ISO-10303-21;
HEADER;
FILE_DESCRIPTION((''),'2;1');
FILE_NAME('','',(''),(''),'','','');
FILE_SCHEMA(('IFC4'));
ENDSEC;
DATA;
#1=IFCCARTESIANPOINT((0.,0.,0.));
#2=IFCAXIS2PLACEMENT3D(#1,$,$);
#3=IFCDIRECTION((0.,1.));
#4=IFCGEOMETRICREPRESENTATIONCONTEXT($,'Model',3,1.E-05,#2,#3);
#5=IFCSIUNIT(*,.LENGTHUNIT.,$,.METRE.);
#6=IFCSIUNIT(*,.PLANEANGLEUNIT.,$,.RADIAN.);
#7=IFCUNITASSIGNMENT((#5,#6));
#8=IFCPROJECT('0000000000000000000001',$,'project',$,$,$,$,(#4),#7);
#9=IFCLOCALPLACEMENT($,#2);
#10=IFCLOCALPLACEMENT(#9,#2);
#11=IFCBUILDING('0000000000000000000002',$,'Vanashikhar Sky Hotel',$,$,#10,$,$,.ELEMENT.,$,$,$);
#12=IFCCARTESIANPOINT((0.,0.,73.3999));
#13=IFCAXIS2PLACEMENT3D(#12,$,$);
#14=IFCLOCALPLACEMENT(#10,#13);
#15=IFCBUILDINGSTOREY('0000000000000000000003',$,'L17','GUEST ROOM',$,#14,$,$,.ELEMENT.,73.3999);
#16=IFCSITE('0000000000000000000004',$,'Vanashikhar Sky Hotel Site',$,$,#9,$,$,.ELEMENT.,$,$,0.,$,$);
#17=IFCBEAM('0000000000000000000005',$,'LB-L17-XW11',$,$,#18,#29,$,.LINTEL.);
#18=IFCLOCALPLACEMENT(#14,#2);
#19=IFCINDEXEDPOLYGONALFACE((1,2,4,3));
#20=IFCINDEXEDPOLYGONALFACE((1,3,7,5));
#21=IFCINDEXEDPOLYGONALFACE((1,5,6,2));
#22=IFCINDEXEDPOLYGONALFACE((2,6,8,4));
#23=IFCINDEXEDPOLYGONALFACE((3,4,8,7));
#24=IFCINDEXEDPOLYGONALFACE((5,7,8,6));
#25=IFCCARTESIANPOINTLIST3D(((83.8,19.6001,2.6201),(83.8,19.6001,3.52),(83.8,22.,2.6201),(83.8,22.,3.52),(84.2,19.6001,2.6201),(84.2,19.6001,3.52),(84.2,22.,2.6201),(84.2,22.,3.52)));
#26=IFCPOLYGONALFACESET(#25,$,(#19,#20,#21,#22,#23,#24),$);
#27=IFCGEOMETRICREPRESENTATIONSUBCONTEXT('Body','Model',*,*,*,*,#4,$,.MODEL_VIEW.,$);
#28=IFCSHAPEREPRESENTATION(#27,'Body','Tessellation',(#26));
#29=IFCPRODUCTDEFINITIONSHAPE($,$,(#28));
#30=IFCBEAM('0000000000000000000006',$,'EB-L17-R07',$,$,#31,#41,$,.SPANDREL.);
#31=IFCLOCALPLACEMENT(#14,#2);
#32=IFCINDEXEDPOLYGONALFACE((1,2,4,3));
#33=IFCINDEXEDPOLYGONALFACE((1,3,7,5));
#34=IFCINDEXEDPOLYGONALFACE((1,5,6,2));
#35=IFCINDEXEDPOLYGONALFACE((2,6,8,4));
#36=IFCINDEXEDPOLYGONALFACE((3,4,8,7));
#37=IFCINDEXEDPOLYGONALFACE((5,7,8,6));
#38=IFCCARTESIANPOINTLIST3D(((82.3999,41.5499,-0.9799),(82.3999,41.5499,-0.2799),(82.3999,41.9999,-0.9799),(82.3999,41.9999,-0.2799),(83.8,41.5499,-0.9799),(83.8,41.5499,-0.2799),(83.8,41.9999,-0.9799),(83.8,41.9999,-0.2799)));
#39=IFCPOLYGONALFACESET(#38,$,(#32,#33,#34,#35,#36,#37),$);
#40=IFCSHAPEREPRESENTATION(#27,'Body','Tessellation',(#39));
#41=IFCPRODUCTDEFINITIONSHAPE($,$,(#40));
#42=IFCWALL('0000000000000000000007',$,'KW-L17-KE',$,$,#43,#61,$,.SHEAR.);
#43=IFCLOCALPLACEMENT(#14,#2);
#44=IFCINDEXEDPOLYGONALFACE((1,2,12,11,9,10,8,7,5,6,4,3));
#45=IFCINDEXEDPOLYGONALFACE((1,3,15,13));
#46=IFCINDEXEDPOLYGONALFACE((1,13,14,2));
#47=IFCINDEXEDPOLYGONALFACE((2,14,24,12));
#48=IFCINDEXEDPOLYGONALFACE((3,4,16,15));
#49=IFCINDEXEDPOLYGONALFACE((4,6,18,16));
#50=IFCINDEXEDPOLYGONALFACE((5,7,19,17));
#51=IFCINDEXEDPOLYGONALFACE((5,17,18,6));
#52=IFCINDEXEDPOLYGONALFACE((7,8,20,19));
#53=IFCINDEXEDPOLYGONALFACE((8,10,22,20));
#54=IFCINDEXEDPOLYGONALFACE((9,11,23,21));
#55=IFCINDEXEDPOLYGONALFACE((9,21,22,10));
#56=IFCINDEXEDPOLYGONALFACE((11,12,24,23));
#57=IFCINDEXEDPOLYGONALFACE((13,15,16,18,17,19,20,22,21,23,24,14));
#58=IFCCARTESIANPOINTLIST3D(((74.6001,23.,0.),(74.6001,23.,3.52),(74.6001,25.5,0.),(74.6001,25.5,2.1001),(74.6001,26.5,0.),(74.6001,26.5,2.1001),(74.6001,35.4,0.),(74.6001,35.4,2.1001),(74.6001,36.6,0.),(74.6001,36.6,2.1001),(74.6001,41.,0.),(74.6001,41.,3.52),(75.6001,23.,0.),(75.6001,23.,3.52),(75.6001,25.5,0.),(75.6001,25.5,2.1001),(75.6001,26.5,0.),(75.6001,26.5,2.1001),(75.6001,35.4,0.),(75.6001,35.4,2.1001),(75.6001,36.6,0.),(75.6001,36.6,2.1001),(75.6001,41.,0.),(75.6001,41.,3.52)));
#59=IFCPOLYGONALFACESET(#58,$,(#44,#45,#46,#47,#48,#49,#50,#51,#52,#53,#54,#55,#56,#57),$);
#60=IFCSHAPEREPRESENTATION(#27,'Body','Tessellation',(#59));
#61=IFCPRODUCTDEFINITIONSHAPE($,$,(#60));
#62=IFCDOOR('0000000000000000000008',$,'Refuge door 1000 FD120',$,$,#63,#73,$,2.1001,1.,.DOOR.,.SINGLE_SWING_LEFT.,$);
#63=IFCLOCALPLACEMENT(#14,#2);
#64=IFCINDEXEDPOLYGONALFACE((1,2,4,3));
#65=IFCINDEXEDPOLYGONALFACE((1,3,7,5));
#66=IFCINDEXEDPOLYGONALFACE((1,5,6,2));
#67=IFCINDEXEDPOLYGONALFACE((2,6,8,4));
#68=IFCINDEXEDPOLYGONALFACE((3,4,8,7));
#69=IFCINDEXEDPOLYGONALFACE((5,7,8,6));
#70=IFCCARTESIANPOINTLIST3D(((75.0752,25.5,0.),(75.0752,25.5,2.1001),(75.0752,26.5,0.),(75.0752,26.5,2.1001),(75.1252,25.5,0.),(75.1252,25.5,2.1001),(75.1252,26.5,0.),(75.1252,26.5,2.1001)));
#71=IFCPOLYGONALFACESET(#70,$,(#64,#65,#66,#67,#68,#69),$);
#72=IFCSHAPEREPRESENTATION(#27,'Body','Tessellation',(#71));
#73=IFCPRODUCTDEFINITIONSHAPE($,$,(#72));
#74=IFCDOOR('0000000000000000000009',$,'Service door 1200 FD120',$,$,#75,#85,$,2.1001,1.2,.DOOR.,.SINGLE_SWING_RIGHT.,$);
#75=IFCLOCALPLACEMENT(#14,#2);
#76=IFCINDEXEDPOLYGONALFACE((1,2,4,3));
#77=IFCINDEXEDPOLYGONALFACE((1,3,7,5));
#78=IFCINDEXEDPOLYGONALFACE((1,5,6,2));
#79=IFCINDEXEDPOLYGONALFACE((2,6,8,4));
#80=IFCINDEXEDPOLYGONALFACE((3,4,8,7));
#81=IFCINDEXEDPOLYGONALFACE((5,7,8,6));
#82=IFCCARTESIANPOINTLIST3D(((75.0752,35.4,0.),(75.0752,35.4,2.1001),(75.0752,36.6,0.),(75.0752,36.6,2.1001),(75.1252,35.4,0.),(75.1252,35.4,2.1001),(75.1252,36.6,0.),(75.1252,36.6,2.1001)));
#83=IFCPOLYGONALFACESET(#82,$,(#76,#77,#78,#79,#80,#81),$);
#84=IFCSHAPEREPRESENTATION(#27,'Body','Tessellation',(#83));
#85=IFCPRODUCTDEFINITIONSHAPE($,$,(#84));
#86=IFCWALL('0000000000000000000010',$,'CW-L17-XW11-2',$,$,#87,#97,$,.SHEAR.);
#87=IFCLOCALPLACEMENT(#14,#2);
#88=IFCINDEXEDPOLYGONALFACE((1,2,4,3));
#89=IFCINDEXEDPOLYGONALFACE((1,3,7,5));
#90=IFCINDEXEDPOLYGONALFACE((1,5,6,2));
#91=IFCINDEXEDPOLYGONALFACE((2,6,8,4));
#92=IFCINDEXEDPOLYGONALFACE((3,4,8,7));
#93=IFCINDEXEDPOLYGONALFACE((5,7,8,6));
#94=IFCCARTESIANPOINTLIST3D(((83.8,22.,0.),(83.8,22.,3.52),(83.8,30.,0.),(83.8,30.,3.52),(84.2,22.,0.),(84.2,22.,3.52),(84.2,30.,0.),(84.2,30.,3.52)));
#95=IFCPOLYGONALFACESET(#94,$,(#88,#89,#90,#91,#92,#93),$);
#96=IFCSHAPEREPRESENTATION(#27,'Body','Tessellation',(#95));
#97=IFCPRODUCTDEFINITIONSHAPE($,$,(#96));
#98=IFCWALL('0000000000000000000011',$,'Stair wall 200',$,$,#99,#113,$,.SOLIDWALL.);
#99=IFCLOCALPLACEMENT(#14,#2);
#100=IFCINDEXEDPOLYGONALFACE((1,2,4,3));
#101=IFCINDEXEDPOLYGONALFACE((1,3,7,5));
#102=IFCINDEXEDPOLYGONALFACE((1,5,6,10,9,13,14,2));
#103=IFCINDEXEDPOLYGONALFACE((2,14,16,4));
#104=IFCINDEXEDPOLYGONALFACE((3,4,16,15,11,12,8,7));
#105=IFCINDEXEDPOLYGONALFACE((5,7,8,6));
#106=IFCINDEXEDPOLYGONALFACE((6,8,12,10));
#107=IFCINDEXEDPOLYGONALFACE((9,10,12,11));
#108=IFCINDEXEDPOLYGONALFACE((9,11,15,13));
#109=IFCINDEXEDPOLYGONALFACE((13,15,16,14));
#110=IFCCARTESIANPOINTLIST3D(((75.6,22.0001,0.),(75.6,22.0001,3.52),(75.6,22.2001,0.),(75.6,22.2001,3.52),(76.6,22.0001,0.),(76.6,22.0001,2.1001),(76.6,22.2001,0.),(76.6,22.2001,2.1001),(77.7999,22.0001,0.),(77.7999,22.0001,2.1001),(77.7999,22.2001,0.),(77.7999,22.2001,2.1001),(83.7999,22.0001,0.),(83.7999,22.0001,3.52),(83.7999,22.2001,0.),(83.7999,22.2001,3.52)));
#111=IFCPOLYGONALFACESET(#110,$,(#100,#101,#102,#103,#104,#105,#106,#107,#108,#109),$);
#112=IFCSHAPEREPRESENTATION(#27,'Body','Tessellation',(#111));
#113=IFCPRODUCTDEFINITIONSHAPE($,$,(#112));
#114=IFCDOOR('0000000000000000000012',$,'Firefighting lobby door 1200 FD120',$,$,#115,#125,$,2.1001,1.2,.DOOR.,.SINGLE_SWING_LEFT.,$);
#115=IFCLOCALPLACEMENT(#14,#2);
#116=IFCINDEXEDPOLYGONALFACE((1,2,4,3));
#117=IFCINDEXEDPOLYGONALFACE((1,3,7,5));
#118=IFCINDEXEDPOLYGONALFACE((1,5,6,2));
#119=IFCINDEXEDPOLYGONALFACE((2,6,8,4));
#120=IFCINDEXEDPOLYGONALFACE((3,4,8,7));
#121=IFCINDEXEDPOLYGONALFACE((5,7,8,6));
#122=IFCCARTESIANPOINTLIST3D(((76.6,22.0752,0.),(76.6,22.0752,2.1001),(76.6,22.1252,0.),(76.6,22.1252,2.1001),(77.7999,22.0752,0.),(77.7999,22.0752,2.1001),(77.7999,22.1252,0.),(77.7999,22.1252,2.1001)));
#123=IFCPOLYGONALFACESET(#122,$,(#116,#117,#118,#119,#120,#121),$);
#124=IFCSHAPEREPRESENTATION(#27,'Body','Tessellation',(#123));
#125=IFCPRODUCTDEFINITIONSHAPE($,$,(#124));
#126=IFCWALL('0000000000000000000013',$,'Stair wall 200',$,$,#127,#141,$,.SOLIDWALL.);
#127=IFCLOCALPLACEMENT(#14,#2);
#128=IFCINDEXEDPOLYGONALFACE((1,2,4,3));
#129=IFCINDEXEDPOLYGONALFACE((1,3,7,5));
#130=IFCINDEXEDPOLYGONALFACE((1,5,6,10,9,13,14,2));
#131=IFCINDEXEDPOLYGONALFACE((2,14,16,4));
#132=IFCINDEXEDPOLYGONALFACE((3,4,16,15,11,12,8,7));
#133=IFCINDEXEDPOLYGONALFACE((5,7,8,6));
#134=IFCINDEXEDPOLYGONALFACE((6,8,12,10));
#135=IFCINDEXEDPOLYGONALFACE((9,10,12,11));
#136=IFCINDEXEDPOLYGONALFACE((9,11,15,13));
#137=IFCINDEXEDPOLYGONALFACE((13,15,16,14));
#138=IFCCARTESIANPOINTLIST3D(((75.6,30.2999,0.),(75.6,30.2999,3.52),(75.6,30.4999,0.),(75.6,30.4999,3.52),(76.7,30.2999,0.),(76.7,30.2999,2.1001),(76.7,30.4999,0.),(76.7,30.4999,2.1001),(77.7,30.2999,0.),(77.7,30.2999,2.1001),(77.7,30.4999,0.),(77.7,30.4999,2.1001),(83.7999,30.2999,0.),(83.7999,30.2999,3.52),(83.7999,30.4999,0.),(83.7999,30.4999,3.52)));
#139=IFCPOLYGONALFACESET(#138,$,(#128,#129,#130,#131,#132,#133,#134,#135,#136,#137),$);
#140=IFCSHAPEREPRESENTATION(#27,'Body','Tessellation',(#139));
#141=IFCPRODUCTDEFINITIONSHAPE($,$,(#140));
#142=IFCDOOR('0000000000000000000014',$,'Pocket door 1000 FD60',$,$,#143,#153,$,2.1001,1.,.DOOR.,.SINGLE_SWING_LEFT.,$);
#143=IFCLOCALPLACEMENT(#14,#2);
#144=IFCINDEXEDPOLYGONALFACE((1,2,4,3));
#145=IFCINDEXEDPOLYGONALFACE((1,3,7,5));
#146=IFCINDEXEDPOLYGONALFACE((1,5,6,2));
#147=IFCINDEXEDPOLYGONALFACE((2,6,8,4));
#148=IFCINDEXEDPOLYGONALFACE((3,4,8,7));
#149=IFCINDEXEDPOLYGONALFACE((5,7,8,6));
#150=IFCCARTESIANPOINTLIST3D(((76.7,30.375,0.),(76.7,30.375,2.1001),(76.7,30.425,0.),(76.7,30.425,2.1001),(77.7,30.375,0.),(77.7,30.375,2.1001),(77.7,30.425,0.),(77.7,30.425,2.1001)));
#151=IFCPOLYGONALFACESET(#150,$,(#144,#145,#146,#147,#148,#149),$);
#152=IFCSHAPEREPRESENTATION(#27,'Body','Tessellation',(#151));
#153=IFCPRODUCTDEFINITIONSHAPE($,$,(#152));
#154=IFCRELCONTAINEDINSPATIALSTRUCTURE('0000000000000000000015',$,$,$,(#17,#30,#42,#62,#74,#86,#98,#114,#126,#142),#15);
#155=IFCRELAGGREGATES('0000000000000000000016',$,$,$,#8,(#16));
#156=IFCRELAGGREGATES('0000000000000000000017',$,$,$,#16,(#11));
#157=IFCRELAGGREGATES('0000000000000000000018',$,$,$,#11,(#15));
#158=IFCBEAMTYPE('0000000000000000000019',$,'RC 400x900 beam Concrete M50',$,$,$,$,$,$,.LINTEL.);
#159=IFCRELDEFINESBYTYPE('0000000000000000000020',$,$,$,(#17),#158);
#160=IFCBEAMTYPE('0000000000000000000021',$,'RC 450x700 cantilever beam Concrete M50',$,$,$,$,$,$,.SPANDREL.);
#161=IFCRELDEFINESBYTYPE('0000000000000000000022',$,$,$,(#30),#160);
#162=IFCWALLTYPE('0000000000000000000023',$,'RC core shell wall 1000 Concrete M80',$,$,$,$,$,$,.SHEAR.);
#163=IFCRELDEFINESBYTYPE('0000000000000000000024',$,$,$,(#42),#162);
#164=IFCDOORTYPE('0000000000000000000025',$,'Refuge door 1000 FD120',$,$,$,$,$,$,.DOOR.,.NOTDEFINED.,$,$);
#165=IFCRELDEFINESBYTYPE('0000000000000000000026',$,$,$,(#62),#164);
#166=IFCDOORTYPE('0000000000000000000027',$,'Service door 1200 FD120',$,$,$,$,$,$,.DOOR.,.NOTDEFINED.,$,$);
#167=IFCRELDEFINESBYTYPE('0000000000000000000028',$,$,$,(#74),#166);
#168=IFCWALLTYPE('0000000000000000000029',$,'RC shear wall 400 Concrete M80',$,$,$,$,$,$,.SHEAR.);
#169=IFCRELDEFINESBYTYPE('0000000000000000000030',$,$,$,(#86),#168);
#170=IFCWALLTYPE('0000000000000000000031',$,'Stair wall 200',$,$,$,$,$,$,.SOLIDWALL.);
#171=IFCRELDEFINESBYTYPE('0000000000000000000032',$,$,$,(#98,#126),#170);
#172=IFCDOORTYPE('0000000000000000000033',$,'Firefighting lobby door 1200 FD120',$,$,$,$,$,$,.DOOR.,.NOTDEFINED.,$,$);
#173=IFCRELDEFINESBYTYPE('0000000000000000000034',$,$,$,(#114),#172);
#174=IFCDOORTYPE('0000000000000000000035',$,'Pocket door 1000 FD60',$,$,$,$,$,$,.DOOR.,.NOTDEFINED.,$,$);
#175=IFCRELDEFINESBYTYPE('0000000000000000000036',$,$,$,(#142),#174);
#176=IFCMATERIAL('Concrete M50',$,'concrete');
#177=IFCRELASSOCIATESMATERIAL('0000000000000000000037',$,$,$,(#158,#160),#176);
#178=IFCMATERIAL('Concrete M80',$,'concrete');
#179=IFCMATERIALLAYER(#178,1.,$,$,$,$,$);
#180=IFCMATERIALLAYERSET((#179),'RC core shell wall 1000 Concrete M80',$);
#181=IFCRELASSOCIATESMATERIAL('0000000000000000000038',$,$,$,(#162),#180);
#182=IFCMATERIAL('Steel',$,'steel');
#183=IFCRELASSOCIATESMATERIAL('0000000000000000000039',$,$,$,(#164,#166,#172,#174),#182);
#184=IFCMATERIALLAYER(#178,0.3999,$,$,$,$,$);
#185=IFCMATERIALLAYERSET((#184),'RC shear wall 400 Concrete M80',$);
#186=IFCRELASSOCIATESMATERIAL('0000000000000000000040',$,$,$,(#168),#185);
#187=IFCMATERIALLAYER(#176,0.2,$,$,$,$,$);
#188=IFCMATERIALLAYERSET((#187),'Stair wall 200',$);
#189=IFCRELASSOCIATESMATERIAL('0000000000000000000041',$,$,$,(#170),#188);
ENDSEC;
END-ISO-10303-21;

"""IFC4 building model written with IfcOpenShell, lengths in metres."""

from ifc_helpers import new_model, si_unit, direction, frame, frame_2d, origin, origin_2d, place, context, subcontext, project, spatial, rectangle, extrude, source, transform, mapped, material, layer, layer_set, material_profile, profile_set, type_object, element, fill, save


model = new_model("IFC4")

# Units and contexts
model_context = context("Model", 3, precision=1e-05, world=origin(), true_north=direction((0.0, 1.0)))
body_context = subcontext(model_context, "Body", "Model", "MODEL_VIEW")
ifc_project = project(units=[si_unit("LENGTHUNIT", "METRE"), si_unit("PLANEANGLEUNIT", "RADIAN")], contexts=[model_context])

# Site, building, storey
site_placement = place(None, origin())
site = spatial("IfcSite", under=ifc_project, at=site_placement, Name="Vanashikhar Sky Hotel Site", CompositionType="ELEMENT", RefElevation=0.0)
building_placement = place(site_placement, origin())
building = spatial("IfcBuilding", under=site, at=building_placement, Name="Vanashikhar Sky Hotel", CompositionType="ELEMENT")
storey_placement = place(building_placement, frame((0.0, 0.0, 73.3999)))
storey = spatial("IfcBuildingStorey", under=building, at=storey_placement, Name="L17", Description="GUEST ROOM", CompositionType="ELEMENT", Elevation=73.3999)

# Beams
ifc_material_1 = material(Name="Concrete M50", Category="concrete")
ifc_material_profile_1 = material_profile(ifc_material_1, rectangle(XDim=0.3999, YDim=0.8999, at=origin_2d()))
ifc_profile_set_1 = profile_set([ifc_material_profile_1], Name="RC 400x900 beam Concrete M50")
beam_type_1 = type_object("IfcBeamType", Name="RC 400x900 beam Concrete M50", PredefinedType="LINTEL", material=ifc_profile_set_1)
shared_shape_1 = source(origin(), body_context, "Body", "SweptSolid", [
    extrude(rectangle(XDim=0.3999, YDim=0.8999, at=origin_2d()), origin(), (0.0, 0.0, 1.0), 2.3999),
])
beam_1_placement = place(storey_placement, frame((84.0, 19.6001, 3.0701), z_axis=(0.0, 1.0, 0.0), x_axis=(-1.0, 0.0, 0.0)))
element("IfcBeam", 1, at=beam_1_placement, inside=storey, type_object=beam_type_1, Name="LB-L17-XW11", PredefinedType="LINTEL", context=body_context, shape_type="MappedRepresentation", body=[
    mapped(shared_shape_1, transform((0.0, 0.0, 0.0), scale=1.0)),
])
ifc_material_profile_2 = material_profile(ifc_material_1, rectangle(XDim=0.45, YDim=0.7, at=origin_2d()))
ifc_profile_set_2 = profile_set([ifc_material_profile_2], Name="RC 450x700 cantilever beam Concrete M50")
beam_type_2 = type_object("IfcBeamType", Name="RC 450x700 cantilever beam Concrete M50", PredefinedType="SPANDREL", material=ifc_profile_set_2)
shared_shape_2 = source(origin(), body_context, "Body", "SweptSolid", [
    extrude(rectangle(XDim=0.45, YDim=0.7, at=origin_2d()), origin(), (0.0, 0.0, 1.0), 1.4001),
])
beam_2_placement = place(storey_placement, frame((82.3999, 41.7749, -0.6299), z_axis=(1.0, 0.0, 0.0), x_axis=(0.0, 1.0, 0.0)))
element("IfcBeam", 2, at=beam_2_placement, inside=storey, type_object=beam_type_2, Name="EB-L17-R07", PredefinedType="SPANDREL", context=body_context, shape_type="MappedRepresentation", body=[
    mapped(shared_shape_2, transform((0.0, 0.0, 0.0), scale=1.0)),
])

# Wall, openings, doors
ifc_material_2 = material(Name="Concrete M80", Category="concrete")
ifc_layer_1 = layer(ifc_material_2, 1.0)
ifc_layer_set_1 = layer_set([ifc_layer_1], Name="RC core shell wall 1000 Concrete M80")
wall_type_1 = type_object("IfcWallType", Name="RC core shell wall 1000 Concrete M80", PredefinedType="SHEAR", material=ifc_layer_set_1)
shared_shape_3 = source(origin(), body_context, "Body", "SweptSolid", [
    extrude(rectangle(XDim=18.0, YDim=1.0, at=frame_2d((9.0, 0.0))), origin(), (0.0, 0.0, 1.0), 3.52),
])
wall_1_placement = place(storey_placement, frame((75.1001, 23.0, 0.0), z_axis=(0.0, 0.0, 1.0), x_axis=(0.0, 1.0, 0.0)))
wall_1 = element("IfcWall", 3, at=wall_1_placement, inside=storey, type_object=wall_type_1, Name="KW-L17-KE", PredefinedType="SHEAR", context=body_context, shape_type="MappedRepresentation", body=[
    mapped(shared_shape_3, transform((0.0, 0.0, 0.0), scale=1.0)),
])
shared_shape_4 = source(origin(), body_context, "Body", "SweptSolid", [
    extrude(rectangle(XDim=1.0, YDim=2.1001, at=frame_2d((0.5, 1.05))), frame((0.0, 0.51, 0.0), z_axis=(0.0, -1.0, 0.0), x_axis=(1.0, 0.0, 0.0)), (0.0, 0.0, 1.0), 1.02),
])
opening_1_placement = place(wall_1_placement, frame((2.5, 0.0, 0.0)))
opening_1 = element("IfcOpeningElement", 4, at=opening_1_placement, cuts=wall_1, PredefinedType="OPENING", context=body_context, shape_type="MappedRepresentation", body=[
    mapped(shared_shape_4, transform((0.0, 0.0, 0.0), scale=1.0)),
])
shared_shape_5 = source(origin(), body_context, "Body", "SweptSolid", [
    extrude(rectangle(XDim=1.2, YDim=2.1001, at=frame_2d((0.6001, 1.05))), frame((0.0, 0.51, 0.0), z_axis=(0.0, -1.0, 0.0), x_axis=(1.0, 0.0, 0.0)), (0.0, 0.0, 1.0), 1.02),
])
opening_2_placement = place(wall_1_placement, frame((12.3999, 0.0, 0.0)))
opening_2 = element("IfcOpeningElement", 5, at=opening_2_placement, cuts=wall_1, PredefinedType="OPENING", context=body_context, shape_type="MappedRepresentation", body=[
    mapped(shared_shape_5, transform((0.0, 0.0, 0.0), scale=1.0)),
])
ifc_material_3 = material(Name="Steel", Category="steel")
door_type_1 = type_object("IfcDoorType", Name="Refuge door 1000 FD120", OperationType="NOTDEFINED", PredefinedType="DOOR", material=ifc_material_3)
shared_shape_6 = source(origin(), body_context, "Body", "SweptSolid", [
    extrude(rectangle(XDim=1.0, YDim=2.1001, at=frame_2d((0.5, 1.05))), frame((0.0, 0.0249, 0.0), z_axis=(0.0, -1.0, 0.0), x_axis=(1.0, 0.0, 0.0)), (0.0, 0.0, 1.0), 0.05),
])
door_1_placement = place(opening_1_placement, origin())
door_1 = element("IfcDoor", 6, at=door_1_placement, inside=storey, type_object=door_type_1, Name="Refuge door 1000 FD120", OperationType="SINGLE_SWING_LEFT", OverallHeight=2.1001, OverallWidth=1.0, PredefinedType="DOOR", context=body_context, shape_type="MappedRepresentation", body=[
    mapped(shared_shape_6, transform((0.0, 0.0, 0.0), scale=1.0)),
])
fill(opening_1, door_1)
door_type_2 = type_object("IfcDoorType", Name="Service door 1200 FD120", OperationType="NOTDEFINED", PredefinedType="DOOR", material=ifc_material_3)
shared_shape_7 = source(origin(), body_context, "Body", "SweptSolid", [
    extrude(rectangle(XDim=1.2, YDim=2.1001, at=frame_2d((0.6001, 1.05))), frame((0.0, 0.0249, 0.0), z_axis=(0.0, -1.0, 0.0), x_axis=(1.0, 0.0, 0.0)), (0.0, 0.0, 1.0), 0.05),
])
door_2_placement = place(opening_2_placement, origin())
door_2 = element("IfcDoor", 7, at=door_2_placement, inside=storey, type_object=door_type_2, Name="Service door 1200 FD120", OperationType="SINGLE_SWING_RIGHT", OverallHeight=2.1001, OverallWidth=1.2, PredefinedType="DOOR", context=body_context, shape_type="MappedRepresentation", body=[
    mapped(shared_shape_7, transform((0.0, 0.0, 0.0), scale=1.0)),
])
fill(opening_2, door_2)

# Wall
ifc_layer_2 = layer(ifc_material_2, 0.3999)
ifc_layer_set_2 = layer_set([ifc_layer_2], Name="RC shear wall 400 Concrete M80")
wall_type_2 = type_object("IfcWallType", Name="RC shear wall 400 Concrete M80", PredefinedType="SHEAR", material=ifc_layer_set_2)
shared_shape_8 = source(origin(), body_context, "Body", "SweptSolid", [
    extrude(rectangle(XDim=8.0, YDim=0.3999, at=frame_2d((4.0, 0.0))), origin(), (0.0, 0.0, 1.0), 3.52),
])
wall_2_placement = place(storey_placement, frame((84.0, 22.0, 0.0), z_axis=(0.0, 0.0, 1.0), x_axis=(0.0, 1.0, 0.0)))
element("IfcWall", 8, at=wall_2_placement, inside=storey, type_object=wall_type_2, Name="CW-L17-XW11-2", PredefinedType="SHEAR", context=body_context, shape_type="MappedRepresentation", body=[
    mapped(shared_shape_8, transform((0.0, 0.0, 0.0), scale=1.0)),
])

# Walls, openings, doors
ifc_layer_3 = layer(ifc_material_1, 0.2)
ifc_layer_set_3 = layer_set([ifc_layer_3], Name="Stair wall 200")
wall_type_3 = type_object("IfcWallType", Name="Stair wall 200", PredefinedType="SOLIDWALL", material=ifc_layer_set_3)
shared_shape_9 = source(origin(), body_context, "Body", "SweptSolid", [
    extrude(rectangle(XDim=8.2, YDim=0.2, at=frame_2d((4.1001, 0.0))), origin(), (0.0, 0.0, 1.0), 3.52),
])
wall_3_placement = place(storey_placement, frame((83.8, 22.1001, 0.0), z_axis=(0.0, 0.0, 1.0), x_axis=(-1.0, 0.0, 0.0)))
wall_3 = element("IfcWall", 9, at=wall_3_placement, inside=storey, type_object=wall_type_3, Name="Stair wall 200", PredefinedType="SOLIDWALL", context=body_context, shape_type="MappedRepresentation", body=[
    mapped(shared_shape_9, transform((0.0, 0.0, 0.0), scale=1.0)),
])
shared_shape_10 = source(origin(), body_context, "Body", "SweptSolid", [
    extrude(rectangle(XDim=1.2, YDim=2.1001, at=frame_2d((0.6001, 1.05))), frame((0.0, 0.1099, 0.0), z_axis=(0.0, -1.0, 0.0), x_axis=(1.0, 0.0, 0.0)), (0.0, 0.0, 1.0), 0.22),
])
opening_3_placement = place(wall_3_placement, frame((6.0, 0.0, 0.0)))
opening_3 = element("IfcOpeningElement", 10, at=opening_3_placement, cuts=wall_3, PredefinedType="OPENING", context=body_context, shape_type="MappedRepresentation", body=[
    mapped(shared_shape_10, transform((0.0, 0.0, 0.0), scale=1.0)),
])
door_type_3 = type_object("IfcDoorType", Name="Firefighting lobby door 1200 FD120", OperationType="NOTDEFINED", PredefinedType="DOOR", material=ifc_material_3)
door_3_placement = place(opening_3_placement, origin())
door_3 = element("IfcDoor", 11, at=door_3_placement, inside=storey, type_object=door_type_3, Name="Firefighting lobby door 1200 FD120", OperationType="SINGLE_SWING_LEFT", OverallHeight=2.1001, OverallWidth=1.2, PredefinedType="DOOR", context=body_context, shape_type="MappedRepresentation", body=[
    mapped(shared_shape_7, transform((0.0, 0.0, 0.0), scale=1.0)),
])
fill(opening_3, door_3)
wall_4_placement = place(storey_placement, frame((83.8, 30.3999, 0.0), z_axis=(0.0, 0.0, 1.0), x_axis=(-1.0, 0.0, 0.0)))
wall_4 = element("IfcWall", 12, at=wall_4_placement, inside=storey, type_object=wall_type_3, Name="Stair wall 200", PredefinedType="SOLIDWALL", context=body_context, shape_type="MappedRepresentation", body=[
    mapped(shared_shape_9, transform((0.0, 0.0, 0.0), scale=1.0)),
])
shared_shape_11 = source(origin(), body_context, "Body", "SweptSolid", [
    extrude(rectangle(XDim=1.0, YDim=2.1001, at=frame_2d((0.5, 1.05))), frame((0.0, 0.1099, 0.0), z_axis=(0.0, -1.0, 0.0), x_axis=(1.0, 0.0, 0.0)), (0.0, 0.0, 1.0), 0.22),
])
opening_4_placement = place(wall_4_placement, frame((6.1001, 0.0, 0.0)))
opening_4 = element("IfcOpeningElement", 13, at=opening_4_placement, cuts=wall_4, PredefinedType="OPENING", context=body_context, shape_type="MappedRepresentation", body=[
    mapped(shared_shape_11, transform((0.0, 0.0, 0.0), scale=1.0)),
])
door_type_4 = type_object("IfcDoorType", Name="Pocket door 1000 FD60", OperationType="NOTDEFINED", PredefinedType="DOOR", material=ifc_material_3)
door_4_placement = place(opening_4_placement, origin())
door_4 = element("IfcDoor", 14, at=door_4_placement, inside=storey, type_object=door_type_4, Name="Pocket door 1000 FD60", OperationType="SINGLE_SWING_LEFT", OverallHeight=2.1001, OverallWidth=1.0, PredefinedType="DOOR", context=body_context, shape_type="MappedRepresentation", body=[
    mapped(shared_shape_6, transform((0.0, 0.0, 0.0), scale=1.0)),
])
fill(opening_4, door_4)

save(model, "model.ifc")
